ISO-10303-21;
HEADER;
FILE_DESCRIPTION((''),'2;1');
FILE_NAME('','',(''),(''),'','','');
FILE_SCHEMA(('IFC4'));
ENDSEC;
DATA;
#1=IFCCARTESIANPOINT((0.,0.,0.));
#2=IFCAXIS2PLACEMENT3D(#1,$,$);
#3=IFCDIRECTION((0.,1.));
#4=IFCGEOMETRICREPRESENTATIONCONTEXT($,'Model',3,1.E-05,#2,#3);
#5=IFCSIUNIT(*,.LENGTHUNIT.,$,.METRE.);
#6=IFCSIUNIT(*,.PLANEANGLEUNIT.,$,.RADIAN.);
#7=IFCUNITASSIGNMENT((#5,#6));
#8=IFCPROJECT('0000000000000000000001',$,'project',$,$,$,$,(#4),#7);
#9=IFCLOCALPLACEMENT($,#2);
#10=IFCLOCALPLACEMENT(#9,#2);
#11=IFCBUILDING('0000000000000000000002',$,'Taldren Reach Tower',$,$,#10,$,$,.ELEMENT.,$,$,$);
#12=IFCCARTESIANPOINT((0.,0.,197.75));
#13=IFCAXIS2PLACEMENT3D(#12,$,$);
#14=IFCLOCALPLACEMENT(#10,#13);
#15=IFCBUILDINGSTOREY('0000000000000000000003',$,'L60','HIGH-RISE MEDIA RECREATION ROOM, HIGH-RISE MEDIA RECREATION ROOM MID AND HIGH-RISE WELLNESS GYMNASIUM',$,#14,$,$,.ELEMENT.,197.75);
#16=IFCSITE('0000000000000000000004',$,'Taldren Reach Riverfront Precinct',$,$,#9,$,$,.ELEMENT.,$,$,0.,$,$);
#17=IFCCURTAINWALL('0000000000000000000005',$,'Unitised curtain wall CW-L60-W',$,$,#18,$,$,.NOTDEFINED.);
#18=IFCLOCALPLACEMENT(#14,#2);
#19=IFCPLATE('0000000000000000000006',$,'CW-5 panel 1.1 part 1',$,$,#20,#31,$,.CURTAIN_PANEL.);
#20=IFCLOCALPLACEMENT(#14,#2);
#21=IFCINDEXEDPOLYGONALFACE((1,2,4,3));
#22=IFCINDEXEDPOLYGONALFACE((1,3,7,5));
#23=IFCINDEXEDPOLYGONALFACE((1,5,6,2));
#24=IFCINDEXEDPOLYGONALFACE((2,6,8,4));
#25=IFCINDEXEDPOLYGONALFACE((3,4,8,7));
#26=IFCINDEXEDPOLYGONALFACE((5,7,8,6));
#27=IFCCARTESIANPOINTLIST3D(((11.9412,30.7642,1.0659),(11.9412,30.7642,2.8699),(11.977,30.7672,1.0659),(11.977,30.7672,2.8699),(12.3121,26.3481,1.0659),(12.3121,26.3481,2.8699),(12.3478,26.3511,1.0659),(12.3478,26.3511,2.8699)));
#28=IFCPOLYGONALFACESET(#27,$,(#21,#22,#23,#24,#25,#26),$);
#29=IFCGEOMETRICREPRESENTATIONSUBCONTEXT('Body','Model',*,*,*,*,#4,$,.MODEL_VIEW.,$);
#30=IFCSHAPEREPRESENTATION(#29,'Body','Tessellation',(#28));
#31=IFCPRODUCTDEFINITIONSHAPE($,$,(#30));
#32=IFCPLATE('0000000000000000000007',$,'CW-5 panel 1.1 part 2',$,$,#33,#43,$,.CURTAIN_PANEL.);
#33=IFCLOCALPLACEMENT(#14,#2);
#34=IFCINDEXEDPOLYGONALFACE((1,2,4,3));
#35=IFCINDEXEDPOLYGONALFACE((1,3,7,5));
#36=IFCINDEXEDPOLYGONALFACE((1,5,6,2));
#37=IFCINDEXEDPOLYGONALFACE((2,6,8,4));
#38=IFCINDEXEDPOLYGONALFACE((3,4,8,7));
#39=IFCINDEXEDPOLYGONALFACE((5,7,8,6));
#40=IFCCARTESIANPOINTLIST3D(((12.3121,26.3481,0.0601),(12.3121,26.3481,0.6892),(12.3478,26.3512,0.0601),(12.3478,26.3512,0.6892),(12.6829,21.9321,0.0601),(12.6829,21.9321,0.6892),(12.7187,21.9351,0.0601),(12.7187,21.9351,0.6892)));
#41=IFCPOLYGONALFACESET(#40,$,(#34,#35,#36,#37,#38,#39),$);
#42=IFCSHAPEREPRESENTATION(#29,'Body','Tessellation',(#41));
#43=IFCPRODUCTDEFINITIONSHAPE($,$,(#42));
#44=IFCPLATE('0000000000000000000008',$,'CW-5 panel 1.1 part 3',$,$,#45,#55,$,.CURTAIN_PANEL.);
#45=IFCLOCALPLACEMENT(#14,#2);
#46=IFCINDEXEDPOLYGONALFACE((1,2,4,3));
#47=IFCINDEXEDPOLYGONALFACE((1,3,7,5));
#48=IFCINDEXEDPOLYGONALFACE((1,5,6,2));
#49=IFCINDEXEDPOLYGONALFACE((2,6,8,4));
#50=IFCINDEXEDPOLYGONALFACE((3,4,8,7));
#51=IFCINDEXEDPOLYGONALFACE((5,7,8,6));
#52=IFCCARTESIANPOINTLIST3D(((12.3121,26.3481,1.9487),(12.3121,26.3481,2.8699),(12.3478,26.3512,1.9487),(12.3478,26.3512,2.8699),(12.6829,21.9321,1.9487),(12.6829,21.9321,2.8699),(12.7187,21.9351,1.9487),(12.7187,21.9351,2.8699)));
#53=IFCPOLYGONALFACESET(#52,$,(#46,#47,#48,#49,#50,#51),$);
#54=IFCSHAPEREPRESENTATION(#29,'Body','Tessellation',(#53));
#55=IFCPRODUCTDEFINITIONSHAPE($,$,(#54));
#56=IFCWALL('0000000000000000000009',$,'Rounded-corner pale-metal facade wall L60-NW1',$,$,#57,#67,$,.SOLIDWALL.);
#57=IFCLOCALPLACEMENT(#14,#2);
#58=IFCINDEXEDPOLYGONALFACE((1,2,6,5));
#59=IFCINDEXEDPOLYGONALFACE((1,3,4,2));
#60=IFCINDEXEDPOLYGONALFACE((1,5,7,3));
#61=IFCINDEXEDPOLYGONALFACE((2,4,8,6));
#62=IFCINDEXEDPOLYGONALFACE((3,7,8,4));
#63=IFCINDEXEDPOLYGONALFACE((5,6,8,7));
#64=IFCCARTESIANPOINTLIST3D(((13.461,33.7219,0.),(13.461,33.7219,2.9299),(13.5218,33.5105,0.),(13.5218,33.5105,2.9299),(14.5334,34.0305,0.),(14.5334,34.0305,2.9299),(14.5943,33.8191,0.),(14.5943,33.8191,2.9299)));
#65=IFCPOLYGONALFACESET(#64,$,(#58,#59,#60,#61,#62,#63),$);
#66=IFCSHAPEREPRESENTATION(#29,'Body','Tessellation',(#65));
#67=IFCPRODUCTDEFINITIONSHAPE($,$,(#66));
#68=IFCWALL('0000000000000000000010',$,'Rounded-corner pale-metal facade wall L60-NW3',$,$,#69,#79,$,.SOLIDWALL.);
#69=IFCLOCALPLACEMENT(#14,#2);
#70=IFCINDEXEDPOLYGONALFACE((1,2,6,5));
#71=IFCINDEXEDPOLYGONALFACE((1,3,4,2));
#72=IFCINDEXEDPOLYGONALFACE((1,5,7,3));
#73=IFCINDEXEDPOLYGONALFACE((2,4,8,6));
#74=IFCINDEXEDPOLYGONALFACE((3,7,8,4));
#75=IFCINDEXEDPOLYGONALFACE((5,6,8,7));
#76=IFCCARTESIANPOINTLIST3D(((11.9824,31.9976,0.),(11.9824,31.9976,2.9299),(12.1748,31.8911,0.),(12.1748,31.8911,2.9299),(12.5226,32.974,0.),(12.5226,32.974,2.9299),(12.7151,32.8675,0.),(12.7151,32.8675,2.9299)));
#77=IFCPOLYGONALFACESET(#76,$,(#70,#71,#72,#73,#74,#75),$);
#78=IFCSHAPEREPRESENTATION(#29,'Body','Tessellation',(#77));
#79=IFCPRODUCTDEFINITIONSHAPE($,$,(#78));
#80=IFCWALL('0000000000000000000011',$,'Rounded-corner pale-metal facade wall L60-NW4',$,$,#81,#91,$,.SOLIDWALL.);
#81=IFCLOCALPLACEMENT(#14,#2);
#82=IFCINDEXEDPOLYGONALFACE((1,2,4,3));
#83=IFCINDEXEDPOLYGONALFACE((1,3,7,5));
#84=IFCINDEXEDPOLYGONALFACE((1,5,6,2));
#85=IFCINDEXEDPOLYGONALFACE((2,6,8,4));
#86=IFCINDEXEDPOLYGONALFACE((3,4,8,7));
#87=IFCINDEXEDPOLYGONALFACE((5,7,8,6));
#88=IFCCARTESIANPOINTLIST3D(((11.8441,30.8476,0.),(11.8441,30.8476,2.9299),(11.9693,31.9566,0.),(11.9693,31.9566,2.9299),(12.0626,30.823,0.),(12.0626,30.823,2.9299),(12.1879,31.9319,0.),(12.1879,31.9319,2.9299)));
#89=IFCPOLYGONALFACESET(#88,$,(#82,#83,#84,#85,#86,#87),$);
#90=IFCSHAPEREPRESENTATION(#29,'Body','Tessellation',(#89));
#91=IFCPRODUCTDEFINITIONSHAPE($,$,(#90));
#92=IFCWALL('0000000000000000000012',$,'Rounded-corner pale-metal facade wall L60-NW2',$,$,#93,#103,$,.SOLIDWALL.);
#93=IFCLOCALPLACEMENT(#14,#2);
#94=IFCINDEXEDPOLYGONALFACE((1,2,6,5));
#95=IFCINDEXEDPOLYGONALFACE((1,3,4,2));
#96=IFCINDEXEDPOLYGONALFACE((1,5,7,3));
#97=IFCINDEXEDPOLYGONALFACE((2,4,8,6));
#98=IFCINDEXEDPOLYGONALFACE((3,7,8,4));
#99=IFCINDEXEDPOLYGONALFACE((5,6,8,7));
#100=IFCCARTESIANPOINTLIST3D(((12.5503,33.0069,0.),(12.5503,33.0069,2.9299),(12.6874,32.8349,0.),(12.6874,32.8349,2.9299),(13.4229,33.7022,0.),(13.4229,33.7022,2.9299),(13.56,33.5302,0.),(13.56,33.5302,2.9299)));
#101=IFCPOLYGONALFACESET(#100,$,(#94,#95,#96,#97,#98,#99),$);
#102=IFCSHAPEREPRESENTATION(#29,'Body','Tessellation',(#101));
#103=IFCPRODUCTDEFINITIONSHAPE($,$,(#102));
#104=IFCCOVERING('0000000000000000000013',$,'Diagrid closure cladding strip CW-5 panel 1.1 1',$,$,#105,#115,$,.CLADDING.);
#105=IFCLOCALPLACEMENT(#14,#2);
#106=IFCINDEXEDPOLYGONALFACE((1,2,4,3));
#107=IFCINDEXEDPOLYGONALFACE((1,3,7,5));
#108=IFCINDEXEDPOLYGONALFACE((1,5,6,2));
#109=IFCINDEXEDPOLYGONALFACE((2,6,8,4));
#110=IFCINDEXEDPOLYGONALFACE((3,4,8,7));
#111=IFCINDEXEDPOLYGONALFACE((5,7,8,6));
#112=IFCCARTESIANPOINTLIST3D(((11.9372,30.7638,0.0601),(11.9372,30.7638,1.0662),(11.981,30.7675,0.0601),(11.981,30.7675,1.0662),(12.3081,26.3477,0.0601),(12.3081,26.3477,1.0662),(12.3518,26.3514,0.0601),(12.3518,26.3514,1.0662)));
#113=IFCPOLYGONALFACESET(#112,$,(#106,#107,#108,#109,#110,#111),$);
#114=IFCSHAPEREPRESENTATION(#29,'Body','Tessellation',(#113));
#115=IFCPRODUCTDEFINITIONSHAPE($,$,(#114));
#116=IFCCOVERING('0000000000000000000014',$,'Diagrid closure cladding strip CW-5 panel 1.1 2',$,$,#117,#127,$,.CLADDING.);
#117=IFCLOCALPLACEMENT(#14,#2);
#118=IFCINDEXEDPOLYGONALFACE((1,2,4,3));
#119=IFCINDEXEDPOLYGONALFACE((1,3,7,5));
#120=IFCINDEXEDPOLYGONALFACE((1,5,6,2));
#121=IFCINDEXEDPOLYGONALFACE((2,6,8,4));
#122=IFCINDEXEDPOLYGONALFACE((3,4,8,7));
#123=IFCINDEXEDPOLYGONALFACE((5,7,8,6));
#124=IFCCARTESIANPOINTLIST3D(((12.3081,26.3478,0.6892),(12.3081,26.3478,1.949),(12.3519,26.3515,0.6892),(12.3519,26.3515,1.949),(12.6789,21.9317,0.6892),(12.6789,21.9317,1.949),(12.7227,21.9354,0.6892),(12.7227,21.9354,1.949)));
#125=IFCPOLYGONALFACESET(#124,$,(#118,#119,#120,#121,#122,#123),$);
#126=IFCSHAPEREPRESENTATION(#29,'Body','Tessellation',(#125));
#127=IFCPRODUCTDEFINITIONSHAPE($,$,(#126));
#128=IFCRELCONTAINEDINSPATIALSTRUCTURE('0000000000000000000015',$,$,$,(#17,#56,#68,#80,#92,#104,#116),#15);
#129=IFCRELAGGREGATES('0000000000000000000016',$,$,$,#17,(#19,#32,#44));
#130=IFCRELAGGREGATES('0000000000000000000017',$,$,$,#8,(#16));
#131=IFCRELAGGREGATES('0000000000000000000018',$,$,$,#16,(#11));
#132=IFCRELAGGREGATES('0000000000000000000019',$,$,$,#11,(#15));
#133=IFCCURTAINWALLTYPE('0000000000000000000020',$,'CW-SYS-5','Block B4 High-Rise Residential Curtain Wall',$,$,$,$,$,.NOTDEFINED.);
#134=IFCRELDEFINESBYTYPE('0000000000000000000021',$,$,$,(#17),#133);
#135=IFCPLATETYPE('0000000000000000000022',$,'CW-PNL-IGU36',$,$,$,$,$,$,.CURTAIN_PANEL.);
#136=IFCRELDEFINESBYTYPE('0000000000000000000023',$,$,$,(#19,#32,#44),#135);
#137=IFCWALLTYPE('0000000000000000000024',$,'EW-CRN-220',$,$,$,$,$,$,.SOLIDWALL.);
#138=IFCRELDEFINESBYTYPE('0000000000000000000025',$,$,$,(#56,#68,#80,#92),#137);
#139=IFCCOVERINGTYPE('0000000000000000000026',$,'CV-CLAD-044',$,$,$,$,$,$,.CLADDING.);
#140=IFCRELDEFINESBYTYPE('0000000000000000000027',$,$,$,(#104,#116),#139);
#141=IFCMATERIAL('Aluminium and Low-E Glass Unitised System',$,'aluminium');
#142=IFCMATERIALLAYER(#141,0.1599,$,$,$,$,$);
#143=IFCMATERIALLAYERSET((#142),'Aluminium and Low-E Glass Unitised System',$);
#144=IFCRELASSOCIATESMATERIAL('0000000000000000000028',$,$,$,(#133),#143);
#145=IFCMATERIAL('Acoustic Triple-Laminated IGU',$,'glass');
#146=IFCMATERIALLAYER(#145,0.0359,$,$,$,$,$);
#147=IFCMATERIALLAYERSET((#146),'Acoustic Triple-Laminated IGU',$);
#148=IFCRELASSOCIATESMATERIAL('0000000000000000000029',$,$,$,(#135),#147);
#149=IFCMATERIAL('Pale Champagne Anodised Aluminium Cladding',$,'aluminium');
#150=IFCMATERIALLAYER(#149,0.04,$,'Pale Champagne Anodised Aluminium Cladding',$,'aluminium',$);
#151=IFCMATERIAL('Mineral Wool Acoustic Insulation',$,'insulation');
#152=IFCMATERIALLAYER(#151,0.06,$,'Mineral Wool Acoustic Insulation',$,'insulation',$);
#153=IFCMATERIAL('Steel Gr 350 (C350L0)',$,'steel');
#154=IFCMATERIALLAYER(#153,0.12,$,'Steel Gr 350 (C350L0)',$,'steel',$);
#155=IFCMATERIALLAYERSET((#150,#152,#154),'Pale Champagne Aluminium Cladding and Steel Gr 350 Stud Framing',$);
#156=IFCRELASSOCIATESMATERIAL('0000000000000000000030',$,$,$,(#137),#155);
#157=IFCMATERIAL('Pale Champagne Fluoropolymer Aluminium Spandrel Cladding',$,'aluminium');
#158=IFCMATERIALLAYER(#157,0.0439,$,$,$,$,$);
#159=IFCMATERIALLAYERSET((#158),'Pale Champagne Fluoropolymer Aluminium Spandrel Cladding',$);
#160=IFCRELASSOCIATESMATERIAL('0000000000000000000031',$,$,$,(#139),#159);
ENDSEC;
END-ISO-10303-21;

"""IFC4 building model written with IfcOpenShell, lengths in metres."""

from ifc_helpers import new_model, si_unit, direction, frame, frame_2d, origin, origin_2d, place, context, subcontext, project, spatial, rectangle, extrude, source, transform, mapped, material, layer, layer_set, type_object, element, aggregate, save


model = new_model("IFC4")

# Units and contexts
model_context = context("Model", 3, precision=1e-05, world=origin(), true_north=direction((0.0, 1.0)))
body_context = subcontext(model_context, "Body", "Model", "MODEL_VIEW")
ifc_project = project(units=[si_unit("LENGTHUNIT", "METRE"), si_unit("PLANEANGLEUNIT", "RADIAN")], contexts=[model_context])

# Site, building, storey
site_placement = place(None, origin())
site = spatial("IfcSite", under=ifc_project, at=site_placement, Name="Taldren Reach Riverfront Precinct", CompositionType="ELEMENT", RefElevation=0.0)
building_placement = place(site_placement, origin())
building = spatial("IfcBuilding", under=site, at=building_placement, Name="Taldren Reach Tower", CompositionType="ELEMENT")
storey_placement = place(building_placement, frame((0.0, 0.0, 197.75)))
storey = spatial("IfcBuildingStorey", under=building, at=storey_placement, Name="L60", Description="HIGH-RISE MEDIA RECREATION ROOM, HIGH-RISE MEDIA RECREATION ROOM MID AND HIGH-RISE WELLNESS GYMNASIUM", CompositionType="ELEMENT", Elevation=197.75)

# Shared definitions
ifc_material_1 = material(Name="Steel Gr 350 (C350L0)", Category="steel")

# Shared definitions
ifc_material_2 = material(Name="Aluminium and Low-E Glass Unitised System", Category="aluminium")
ifc_layer_1 = layer(ifc_material_2, 0.1599)
ifc_layer_set_1 = layer_set([ifc_layer_1], Name="Aluminium and Low-E Glass Unitised System")
curtain_wall_type = type_object("IfcCurtainWallType", Name="CW-SYS-5", Description="Block B4 High-Rise Residential Curtain Wall", PredefinedType="NOTDEFINED", material=ifc_layer_set_1)

# Curtain wall
curtain_wall_1_placement = place(storey_placement, origin())
curtain_wall_1 = element("IfcCurtainWall", 1, at=curtain_wall_1_placement, inside=storey, type_object=curtain_wall_type, Name="Unitised curtain wall CW-L60-W", PredefinedType="NOTDEFINED")

# Plates
ifc_material_3 = material(Name="Acoustic Triple-Laminated IGU", Category="glass")
ifc_layer_2 = layer(ifc_material_3, 0.0359)
ifc_layer_set_2 = layer_set([ifc_layer_2], Name="Acoustic Triple-Laminated IGU")
plate_type_1 = type_object("IfcPlateType", Name="CW-PNL-IGU36", PredefinedType="CURTAIN_PANEL", material=ifc_layer_set_2)
shared_shape_1 = source(origin(), body_context, "Body", "SweptSolid", [
    extrude(rectangle(XDim=4.4316, YDim=0.0359, at=origin_2d()), origin(), (0.0, 0.0, 1.0), 1.804),
])
plate_1_placement = place(storey_placement, frame((12.1445, 28.5576, 1.0659), z_axis=(0.0, 0.0, 1.0), x_axis=(0.083678, -0.996493, 0.0)))
plate_1 = element("IfcPlate", 2, at=plate_1_placement, type_object=plate_type_1, Name="CW-5 panel 1.1 part 1", PredefinedType="CURTAIN_PANEL", context=body_context, shape_type="MappedRepresentation", body=[
    mapped(shared_shape_1, transform((0.0, 0.0, 0.0), scale=1.0)),
])
shared_shape_2 = source(origin(), body_context, "Body", "SweptSolid", [
    extrude(rectangle(XDim=4.4316, YDim=0.0359, at=origin_2d()), origin(), (0.0, 0.0, 1.0), 0.6292),
])
plate_2_placement = place(storey_placement, frame((12.5154, 24.1416, 0.0601), z_axis=(0.0, 0.0, 1.0), x_axis=(0.083678, -0.996493, 0.0)))
plate_2 = element("IfcPlate", 3, at=plate_2_placement, type_object=plate_type_1, Name="CW-5 panel 1.1 part 2", PredefinedType="CURTAIN_PANEL", context=body_context, shape_type="MappedRepresentation", body=[
    mapped(shared_shape_2, transform((0.0, 0.0, 0.0), scale=1.0)),
])
shared_shape_3 = source(origin(), body_context, "Body", "SweptSolid", [
    extrude(rectangle(XDim=4.4316, YDim=0.0359, at=origin_2d()), origin(), (0.0, 0.0, 1.0), 0.9211),
])
plate_3_placement = place(storey_placement, frame((12.5154, 24.1416, 1.9487), z_axis=(0.0, 0.0, 1.0), x_axis=(0.083678, -0.996493, 0.0)))
plate_3 = element("IfcPlate", 4, at=plate_3_placement, type_object=plate_type_1, Name="CW-5 panel 1.1 part 3", PredefinedType="CURTAIN_PANEL", context=body_context, shape_type="MappedRepresentation", body=[
    mapped(shared_shape_3, transform((0.0, 0.0, 0.0), scale=1.0)),
])
aggregate(curtain_wall_1, [plate_1, plate_2, plate_3])

# Walls
ifc_material_4 = material(Name="Pale Champagne Anodised Aluminium Cladding", Category="aluminium")
ifc_layer_3 = layer(ifc_material_4, 0.04, Name="Pale Champagne Anodised Aluminium Cladding", Category="aluminium")
ifc_material_5 = material(Name="Mineral Wool Acoustic Insulation", Category="insulation")
ifc_layer_4 = layer(ifc_material_5, 0.06, Name="Mineral Wool Acoustic Insulation", Category="insulation")
ifc_layer_5 = layer(ifc_material_1, 0.12, Name="Steel Gr 350 (C350L0)", Category="steel")
ifc_layer_set_3 = layer_set([ifc_layer_3, ifc_layer_4, ifc_layer_5], Name="Pale Champagne Aluminium Cladding and Steel Gr 350 Stud Framing")
wall_type = type_object("IfcWallType", Name="EW-CRN-220", PredefinedType="SOLIDWALL", material=ifc_layer_set_3)
shared_shape_4 = source(origin(), body_context, "Body", "SweptSolid", [
    extrude(rectangle(XDim=1.116, YDim=0.22, at=frame_2d((0.5581, 0.0))), origin(), (0.0, 0.0, 1.0), 2.9299),
])
for number, where, z_axis, x_axis, name in (
    (5, (14.564, 33.9248, 0.0), (0.0, 0.0, 1.0), (-0.96101, -0.276512, 0.0), "Rounded-corner pale-metal facade wall L60-NW1"),
    (6, (12.6189, 32.9209, 0.0), (0.0, 0.0, 1.0), (-0.484101, -0.875012, 0.0), "Rounded-corner pale-metal facade wall L60-NW3"),
    (7, (12.0786, 31.9443, 0.0), (0.0, 0.0, 1.0), (-0.112232, -0.993682, 0.0), "Rounded-corner pale-metal facade wall L60-NW4"),
):
    element("IfcWall", number, at=place(storey_placement, frame(where, z_axis=z_axis, x_axis=x_axis)), inside=storey, type_object=wall_type, Name=name, PredefinedType="SOLIDWALL", context=body_context, shape_type="MappedRepresentation", body=[
        mapped(shared_shape_4, transform((0.0, 0.0, 0.0), scale=1.0)),
    ])
shared_shape_5 = source(origin(), body_context, "Body", "SweptSolid", [
    extrude(rectangle(XDim=1.1157, YDim=0.22, at=frame_2d((0.5579, 0.0))), origin(), (0.0, 0.0, 1.0), 2.9299),
])
wall_placement = place(storey_placement, frame((13.4915, 33.6162, 0.0), z_axis=(0.0, 0.0, 1.0), x_axis=(-0.782063, -0.6232, 0.0)))
element("IfcWall", 8, at=wall_placement, inside=storey, type_object=wall_type, Name="Rounded-corner pale-metal facade wall L60-NW2", PredefinedType="SOLIDWALL", context=body_context, shape_type="MappedRepresentation", body=[
    mapped(shared_shape_5, transform((0.0, 0.0, 0.0), scale=1.0)),
])

# Coverings
ifc_material_6 = material(Name="Pale Champagne Fluoropolymer Aluminium Spandrel Cladding", Category="aluminium")
ifc_layer_6 = layer(ifc_material_6, 0.0439)
ifc_layer_set_4 = layer_set([ifc_layer_6], Name="Pale Champagne Fluoropolymer Aluminium Spandrel Cladding")
covering_type = type_object("IfcCoveringType", Name="CV-CLAD-044", PredefinedType="CLADDING", material=ifc_layer_set_4)
shared_shape_6 = source(origin(), body_context, "Body", "SweptSolid", [
    extrude(rectangle(XDim=4.4316, YDim=0.0439, at=origin_2d()), origin(), (0.0, 0.0, 1.0), 1.0061),
])
covering_1_placement = place(storey_placement, frame((12.1445, 28.5576, 0.0601), z_axis=(0.0, 0.0, 1.0), x_axis=(0.083678, -0.996493, 0.0)))
element("IfcCovering", 9, at=covering_1_placement, inside=storey, type_object=covering_type, Name="Diagrid closure cladding strip CW-5 panel 1.1 1", PredefinedType="CLADDING", context=body_context, shape_type="MappedRepresentation", body=[
    mapped(shared_shape_6, transform((0.0, 0.0, 0.0), scale=1.0)),
])
shared_shape_7 = source(origin(), body_context, "Body", "SweptSolid", [
    extrude(rectangle(XDim=4.4316, YDim=0.0439, at=origin_2d()), origin(), (0.0, 0.0, 1.0), 1.2598),
])
covering_2_placement = place(storey_placement, frame((12.5154, 24.1416, 0.6892), z_axis=(0.0, 0.0, 1.0), x_axis=(0.083678, -0.996493, 0.0)))
element("IfcCovering", 10, at=covering_2_placement, inside=storey, type_object=covering_type, Name="Diagrid closure cladding strip CW-5 panel 1.1 2", PredefinedType="CLADDING", context=body_context, shape_type="MappedRepresentation", body=[
    mapped(shared_shape_7, transform((0.0, 0.0, 0.0), scale=1.0)),
])

save(model, "model.ifc")
